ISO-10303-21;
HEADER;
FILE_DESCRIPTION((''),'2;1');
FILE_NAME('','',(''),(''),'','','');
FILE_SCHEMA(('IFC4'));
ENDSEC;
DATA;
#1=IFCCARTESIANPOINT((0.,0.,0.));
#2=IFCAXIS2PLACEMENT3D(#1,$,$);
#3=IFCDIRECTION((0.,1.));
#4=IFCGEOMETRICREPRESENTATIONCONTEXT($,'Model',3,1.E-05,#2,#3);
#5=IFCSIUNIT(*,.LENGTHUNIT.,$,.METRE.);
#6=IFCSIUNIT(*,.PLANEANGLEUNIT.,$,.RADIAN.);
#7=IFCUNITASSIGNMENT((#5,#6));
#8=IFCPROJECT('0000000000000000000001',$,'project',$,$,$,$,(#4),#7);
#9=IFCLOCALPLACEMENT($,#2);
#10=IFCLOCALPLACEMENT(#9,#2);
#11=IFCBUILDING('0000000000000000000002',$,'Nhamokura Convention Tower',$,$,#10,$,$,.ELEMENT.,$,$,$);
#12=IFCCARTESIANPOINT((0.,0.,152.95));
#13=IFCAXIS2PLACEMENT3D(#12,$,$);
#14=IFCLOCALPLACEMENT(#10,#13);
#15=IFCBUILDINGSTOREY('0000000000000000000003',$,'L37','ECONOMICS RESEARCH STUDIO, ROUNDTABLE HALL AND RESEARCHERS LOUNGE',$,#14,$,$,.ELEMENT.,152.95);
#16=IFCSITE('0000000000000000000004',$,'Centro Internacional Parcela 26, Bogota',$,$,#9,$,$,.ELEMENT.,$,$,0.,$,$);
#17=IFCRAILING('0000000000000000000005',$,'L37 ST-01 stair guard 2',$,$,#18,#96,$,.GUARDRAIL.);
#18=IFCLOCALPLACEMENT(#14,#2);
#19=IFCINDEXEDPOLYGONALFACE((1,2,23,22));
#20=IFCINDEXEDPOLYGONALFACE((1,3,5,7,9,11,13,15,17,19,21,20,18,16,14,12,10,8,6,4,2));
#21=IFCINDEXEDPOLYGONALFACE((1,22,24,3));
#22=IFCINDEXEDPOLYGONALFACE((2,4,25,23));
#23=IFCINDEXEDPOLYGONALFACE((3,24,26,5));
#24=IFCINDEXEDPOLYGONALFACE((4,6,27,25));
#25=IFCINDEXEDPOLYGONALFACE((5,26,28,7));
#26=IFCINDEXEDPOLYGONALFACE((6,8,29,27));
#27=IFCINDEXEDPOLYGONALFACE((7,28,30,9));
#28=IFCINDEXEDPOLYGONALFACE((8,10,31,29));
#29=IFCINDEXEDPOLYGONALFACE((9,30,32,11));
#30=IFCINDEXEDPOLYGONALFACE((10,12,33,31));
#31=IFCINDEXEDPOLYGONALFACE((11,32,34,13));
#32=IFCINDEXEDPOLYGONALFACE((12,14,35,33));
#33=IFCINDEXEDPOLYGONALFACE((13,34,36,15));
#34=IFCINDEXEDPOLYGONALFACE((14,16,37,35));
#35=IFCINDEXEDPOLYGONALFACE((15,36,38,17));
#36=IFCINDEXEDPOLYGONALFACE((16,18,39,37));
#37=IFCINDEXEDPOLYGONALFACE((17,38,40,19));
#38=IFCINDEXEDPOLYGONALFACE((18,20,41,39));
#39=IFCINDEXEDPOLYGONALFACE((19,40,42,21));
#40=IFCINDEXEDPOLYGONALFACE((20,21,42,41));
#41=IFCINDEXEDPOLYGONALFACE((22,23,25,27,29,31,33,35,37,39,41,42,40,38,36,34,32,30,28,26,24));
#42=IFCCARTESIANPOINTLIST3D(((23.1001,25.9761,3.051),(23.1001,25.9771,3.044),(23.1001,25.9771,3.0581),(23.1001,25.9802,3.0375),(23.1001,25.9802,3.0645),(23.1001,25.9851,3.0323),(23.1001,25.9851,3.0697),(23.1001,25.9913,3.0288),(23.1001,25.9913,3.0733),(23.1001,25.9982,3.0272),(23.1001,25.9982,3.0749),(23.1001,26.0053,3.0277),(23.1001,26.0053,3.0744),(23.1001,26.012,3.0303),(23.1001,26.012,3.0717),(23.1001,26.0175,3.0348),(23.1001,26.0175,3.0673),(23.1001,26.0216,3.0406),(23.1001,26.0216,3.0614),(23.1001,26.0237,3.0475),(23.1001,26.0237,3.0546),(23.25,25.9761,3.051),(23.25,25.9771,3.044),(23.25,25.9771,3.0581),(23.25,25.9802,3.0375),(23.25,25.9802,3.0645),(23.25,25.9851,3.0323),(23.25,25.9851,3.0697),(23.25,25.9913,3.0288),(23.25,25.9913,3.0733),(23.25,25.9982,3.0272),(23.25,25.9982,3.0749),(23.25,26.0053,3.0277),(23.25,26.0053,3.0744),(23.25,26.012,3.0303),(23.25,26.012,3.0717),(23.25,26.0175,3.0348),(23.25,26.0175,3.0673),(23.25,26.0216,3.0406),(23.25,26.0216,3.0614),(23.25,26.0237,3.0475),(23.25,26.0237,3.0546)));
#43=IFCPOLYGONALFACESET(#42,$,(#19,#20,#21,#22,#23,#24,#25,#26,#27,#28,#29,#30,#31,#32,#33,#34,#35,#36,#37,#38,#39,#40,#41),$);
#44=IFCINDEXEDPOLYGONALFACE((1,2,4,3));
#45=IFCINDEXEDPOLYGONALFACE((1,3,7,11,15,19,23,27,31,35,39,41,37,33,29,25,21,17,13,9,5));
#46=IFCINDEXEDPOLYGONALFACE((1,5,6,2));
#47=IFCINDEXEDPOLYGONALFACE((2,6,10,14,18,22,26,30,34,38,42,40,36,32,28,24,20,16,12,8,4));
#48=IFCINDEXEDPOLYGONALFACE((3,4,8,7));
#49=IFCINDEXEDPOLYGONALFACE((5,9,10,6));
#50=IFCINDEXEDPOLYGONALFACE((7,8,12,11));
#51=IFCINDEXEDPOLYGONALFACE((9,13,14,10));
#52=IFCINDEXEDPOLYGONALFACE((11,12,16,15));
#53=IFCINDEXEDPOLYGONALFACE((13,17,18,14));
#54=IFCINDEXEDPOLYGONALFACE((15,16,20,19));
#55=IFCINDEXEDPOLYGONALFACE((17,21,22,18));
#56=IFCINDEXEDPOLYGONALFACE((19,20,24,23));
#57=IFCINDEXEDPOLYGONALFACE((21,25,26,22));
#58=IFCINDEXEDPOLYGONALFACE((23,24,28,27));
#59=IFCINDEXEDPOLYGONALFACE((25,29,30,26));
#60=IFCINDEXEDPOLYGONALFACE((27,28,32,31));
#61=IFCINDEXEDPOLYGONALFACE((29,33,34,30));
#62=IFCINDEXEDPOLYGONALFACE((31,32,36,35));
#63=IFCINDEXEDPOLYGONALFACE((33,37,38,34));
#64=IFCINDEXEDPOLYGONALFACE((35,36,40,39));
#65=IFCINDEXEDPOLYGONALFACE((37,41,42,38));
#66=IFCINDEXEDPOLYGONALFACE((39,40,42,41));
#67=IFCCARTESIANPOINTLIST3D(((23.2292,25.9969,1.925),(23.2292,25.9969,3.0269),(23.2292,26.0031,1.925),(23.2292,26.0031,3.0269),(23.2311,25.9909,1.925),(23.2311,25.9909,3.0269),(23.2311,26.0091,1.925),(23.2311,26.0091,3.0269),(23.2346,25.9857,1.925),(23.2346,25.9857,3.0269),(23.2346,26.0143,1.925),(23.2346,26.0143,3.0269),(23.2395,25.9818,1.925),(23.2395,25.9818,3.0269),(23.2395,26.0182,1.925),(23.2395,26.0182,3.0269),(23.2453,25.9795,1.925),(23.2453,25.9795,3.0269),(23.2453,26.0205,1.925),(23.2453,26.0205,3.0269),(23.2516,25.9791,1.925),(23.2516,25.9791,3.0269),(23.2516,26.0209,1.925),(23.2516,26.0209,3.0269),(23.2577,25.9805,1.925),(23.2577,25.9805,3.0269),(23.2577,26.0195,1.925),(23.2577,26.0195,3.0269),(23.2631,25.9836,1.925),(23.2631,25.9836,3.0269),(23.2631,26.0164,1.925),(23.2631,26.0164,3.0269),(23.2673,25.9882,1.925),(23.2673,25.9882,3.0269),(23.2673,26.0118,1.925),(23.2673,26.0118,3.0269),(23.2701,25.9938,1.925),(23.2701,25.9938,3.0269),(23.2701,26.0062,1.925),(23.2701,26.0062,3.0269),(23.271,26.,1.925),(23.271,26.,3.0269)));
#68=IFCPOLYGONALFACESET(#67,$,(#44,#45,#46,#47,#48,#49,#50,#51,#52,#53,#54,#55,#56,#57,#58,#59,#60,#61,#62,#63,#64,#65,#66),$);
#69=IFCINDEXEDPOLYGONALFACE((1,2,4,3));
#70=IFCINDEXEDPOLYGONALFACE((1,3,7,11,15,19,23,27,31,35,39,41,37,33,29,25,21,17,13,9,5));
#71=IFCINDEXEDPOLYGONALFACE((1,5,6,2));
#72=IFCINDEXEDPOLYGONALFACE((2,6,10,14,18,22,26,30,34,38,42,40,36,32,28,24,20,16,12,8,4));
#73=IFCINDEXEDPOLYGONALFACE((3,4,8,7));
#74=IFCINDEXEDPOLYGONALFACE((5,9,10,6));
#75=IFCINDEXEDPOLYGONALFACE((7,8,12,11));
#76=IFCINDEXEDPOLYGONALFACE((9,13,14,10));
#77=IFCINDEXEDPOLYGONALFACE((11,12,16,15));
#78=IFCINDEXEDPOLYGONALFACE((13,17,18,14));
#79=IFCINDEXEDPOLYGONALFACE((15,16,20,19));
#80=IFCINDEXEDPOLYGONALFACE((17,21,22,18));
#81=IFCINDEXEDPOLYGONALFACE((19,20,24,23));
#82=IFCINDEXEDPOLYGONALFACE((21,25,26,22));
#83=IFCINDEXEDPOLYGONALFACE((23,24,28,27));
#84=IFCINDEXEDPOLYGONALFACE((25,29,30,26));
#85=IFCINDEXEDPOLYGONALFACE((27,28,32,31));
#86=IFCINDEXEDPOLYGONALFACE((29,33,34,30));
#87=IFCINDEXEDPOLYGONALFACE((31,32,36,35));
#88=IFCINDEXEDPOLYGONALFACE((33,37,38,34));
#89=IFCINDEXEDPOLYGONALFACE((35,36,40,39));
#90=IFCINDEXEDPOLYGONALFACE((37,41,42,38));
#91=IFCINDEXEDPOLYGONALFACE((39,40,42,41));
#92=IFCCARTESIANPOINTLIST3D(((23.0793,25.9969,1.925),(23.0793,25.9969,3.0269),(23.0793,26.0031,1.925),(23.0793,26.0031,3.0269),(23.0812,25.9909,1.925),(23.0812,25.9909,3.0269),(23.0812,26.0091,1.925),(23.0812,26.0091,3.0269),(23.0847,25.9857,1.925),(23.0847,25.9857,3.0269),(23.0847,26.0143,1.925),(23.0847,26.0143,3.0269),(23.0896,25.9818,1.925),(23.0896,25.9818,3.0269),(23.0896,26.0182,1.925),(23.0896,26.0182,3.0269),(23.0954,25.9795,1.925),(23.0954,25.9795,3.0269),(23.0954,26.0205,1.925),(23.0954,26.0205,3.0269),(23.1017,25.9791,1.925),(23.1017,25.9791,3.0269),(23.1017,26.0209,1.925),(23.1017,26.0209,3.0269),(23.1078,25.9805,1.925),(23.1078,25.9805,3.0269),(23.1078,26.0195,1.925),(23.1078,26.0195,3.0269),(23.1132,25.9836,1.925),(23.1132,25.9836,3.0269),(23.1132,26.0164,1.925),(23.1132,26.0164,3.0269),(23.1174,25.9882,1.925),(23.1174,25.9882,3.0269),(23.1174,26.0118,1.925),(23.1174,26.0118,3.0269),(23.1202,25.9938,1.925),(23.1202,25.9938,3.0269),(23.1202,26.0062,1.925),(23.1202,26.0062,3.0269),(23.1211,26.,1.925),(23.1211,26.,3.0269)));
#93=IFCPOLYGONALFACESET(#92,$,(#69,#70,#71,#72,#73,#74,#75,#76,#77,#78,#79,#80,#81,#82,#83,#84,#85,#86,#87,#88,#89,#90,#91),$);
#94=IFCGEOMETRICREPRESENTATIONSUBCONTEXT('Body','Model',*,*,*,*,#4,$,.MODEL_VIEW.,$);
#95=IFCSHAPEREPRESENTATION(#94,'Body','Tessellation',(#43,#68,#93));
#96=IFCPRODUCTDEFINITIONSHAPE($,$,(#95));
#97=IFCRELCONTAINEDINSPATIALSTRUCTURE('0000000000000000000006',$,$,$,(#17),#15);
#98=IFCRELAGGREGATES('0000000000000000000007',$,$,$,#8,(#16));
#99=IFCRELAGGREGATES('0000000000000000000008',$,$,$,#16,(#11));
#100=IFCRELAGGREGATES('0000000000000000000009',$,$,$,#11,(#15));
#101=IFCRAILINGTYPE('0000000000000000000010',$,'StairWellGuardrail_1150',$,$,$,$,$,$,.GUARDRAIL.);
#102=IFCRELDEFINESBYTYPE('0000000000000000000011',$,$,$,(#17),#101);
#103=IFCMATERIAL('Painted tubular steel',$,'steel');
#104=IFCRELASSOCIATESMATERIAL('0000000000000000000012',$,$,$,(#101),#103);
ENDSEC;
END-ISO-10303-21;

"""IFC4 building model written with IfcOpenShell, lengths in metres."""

from ifc_helpers import new_model, si_unit, direction, frame, origin, origin_2d, place, context, subcontext, project, spatial, circle, extrude, material, type_object, element, save


model = new_model("IFC4")

# Units and contexts
model_context = context("Model", 3, precision=1e-05, world=origin(), true_north=direction((0.0, 1.0)))
body_context = subcontext(model_context, "Body", "Model", "MODEL_VIEW")
ifc_project = project(units=[si_unit("LENGTHUNIT", "METRE"), si_unit("PLANEANGLEUNIT", "RADIAN")], contexts=[model_context])

# Site, building, storey
site_placement = place(None, origin())
site = spatial("IfcSite", under=ifc_project, at=site_placement, Name="Centro Internacional Parcela 26, Bogota", CompositionType="ELEMENT", RefElevation=0.0)
building_placement = place(site_placement, origin())
building = spatial("IfcBuilding", under=site, at=building_placement, Name="Nhamokura Convention Tower", CompositionType="ELEMENT")
storey_placement = place(building_placement, frame((0.0, 0.0, 152.95)))
storey = spatial("IfcBuildingStorey", under=building, at=storey_placement, Name="L37", Description="ECONOMICS RESEARCH STUDIO, ROUNDTABLE HALL AND RESEARCHERS LOUNGE", CompositionType="ELEMENT", Elevation=152.95)

# Railing
ifc_material_1 = material(Name="Painted tubular steel", Category="steel")
railing_type_1 = type_object("IfcRailingType", Name="StairWellGuardrail_1150", PredefinedType="GUARDRAIL", material=ifc_material_1)
railing_1_placement = place(storey_placement, frame((23.25, 26.0, 1.925)))
element("IfcRailing", 1, at=railing_1_placement, inside=storey, type_object=railing_type_1, Name="L37 ST-01 stair guard 2", PredefinedType="GUARDRAIL", context=body_context, shape_type="SweptSolid", body=[
    extrude(circle(Radius=0.0239, at=origin_2d()), frame((0.0, 0.0, 1.126), z_axis=(-1.0, 0.0, 0.0), x_axis=(0.0, -1.0, 0.0)), (0.0, 0.0, 1.0), 0.1499),
    extrude(circle(Radius=0.021, at=origin_2d()), origin(), (0.0, 0.0, 1.0), 1.1018),
    extrude(circle(Radius=0.021, at=origin_2d()), frame((-0.1499, 0.0, 0.0)), (0.0, 0.0, 1.0), 1.1018),
])

save(model, "model.ifc")
